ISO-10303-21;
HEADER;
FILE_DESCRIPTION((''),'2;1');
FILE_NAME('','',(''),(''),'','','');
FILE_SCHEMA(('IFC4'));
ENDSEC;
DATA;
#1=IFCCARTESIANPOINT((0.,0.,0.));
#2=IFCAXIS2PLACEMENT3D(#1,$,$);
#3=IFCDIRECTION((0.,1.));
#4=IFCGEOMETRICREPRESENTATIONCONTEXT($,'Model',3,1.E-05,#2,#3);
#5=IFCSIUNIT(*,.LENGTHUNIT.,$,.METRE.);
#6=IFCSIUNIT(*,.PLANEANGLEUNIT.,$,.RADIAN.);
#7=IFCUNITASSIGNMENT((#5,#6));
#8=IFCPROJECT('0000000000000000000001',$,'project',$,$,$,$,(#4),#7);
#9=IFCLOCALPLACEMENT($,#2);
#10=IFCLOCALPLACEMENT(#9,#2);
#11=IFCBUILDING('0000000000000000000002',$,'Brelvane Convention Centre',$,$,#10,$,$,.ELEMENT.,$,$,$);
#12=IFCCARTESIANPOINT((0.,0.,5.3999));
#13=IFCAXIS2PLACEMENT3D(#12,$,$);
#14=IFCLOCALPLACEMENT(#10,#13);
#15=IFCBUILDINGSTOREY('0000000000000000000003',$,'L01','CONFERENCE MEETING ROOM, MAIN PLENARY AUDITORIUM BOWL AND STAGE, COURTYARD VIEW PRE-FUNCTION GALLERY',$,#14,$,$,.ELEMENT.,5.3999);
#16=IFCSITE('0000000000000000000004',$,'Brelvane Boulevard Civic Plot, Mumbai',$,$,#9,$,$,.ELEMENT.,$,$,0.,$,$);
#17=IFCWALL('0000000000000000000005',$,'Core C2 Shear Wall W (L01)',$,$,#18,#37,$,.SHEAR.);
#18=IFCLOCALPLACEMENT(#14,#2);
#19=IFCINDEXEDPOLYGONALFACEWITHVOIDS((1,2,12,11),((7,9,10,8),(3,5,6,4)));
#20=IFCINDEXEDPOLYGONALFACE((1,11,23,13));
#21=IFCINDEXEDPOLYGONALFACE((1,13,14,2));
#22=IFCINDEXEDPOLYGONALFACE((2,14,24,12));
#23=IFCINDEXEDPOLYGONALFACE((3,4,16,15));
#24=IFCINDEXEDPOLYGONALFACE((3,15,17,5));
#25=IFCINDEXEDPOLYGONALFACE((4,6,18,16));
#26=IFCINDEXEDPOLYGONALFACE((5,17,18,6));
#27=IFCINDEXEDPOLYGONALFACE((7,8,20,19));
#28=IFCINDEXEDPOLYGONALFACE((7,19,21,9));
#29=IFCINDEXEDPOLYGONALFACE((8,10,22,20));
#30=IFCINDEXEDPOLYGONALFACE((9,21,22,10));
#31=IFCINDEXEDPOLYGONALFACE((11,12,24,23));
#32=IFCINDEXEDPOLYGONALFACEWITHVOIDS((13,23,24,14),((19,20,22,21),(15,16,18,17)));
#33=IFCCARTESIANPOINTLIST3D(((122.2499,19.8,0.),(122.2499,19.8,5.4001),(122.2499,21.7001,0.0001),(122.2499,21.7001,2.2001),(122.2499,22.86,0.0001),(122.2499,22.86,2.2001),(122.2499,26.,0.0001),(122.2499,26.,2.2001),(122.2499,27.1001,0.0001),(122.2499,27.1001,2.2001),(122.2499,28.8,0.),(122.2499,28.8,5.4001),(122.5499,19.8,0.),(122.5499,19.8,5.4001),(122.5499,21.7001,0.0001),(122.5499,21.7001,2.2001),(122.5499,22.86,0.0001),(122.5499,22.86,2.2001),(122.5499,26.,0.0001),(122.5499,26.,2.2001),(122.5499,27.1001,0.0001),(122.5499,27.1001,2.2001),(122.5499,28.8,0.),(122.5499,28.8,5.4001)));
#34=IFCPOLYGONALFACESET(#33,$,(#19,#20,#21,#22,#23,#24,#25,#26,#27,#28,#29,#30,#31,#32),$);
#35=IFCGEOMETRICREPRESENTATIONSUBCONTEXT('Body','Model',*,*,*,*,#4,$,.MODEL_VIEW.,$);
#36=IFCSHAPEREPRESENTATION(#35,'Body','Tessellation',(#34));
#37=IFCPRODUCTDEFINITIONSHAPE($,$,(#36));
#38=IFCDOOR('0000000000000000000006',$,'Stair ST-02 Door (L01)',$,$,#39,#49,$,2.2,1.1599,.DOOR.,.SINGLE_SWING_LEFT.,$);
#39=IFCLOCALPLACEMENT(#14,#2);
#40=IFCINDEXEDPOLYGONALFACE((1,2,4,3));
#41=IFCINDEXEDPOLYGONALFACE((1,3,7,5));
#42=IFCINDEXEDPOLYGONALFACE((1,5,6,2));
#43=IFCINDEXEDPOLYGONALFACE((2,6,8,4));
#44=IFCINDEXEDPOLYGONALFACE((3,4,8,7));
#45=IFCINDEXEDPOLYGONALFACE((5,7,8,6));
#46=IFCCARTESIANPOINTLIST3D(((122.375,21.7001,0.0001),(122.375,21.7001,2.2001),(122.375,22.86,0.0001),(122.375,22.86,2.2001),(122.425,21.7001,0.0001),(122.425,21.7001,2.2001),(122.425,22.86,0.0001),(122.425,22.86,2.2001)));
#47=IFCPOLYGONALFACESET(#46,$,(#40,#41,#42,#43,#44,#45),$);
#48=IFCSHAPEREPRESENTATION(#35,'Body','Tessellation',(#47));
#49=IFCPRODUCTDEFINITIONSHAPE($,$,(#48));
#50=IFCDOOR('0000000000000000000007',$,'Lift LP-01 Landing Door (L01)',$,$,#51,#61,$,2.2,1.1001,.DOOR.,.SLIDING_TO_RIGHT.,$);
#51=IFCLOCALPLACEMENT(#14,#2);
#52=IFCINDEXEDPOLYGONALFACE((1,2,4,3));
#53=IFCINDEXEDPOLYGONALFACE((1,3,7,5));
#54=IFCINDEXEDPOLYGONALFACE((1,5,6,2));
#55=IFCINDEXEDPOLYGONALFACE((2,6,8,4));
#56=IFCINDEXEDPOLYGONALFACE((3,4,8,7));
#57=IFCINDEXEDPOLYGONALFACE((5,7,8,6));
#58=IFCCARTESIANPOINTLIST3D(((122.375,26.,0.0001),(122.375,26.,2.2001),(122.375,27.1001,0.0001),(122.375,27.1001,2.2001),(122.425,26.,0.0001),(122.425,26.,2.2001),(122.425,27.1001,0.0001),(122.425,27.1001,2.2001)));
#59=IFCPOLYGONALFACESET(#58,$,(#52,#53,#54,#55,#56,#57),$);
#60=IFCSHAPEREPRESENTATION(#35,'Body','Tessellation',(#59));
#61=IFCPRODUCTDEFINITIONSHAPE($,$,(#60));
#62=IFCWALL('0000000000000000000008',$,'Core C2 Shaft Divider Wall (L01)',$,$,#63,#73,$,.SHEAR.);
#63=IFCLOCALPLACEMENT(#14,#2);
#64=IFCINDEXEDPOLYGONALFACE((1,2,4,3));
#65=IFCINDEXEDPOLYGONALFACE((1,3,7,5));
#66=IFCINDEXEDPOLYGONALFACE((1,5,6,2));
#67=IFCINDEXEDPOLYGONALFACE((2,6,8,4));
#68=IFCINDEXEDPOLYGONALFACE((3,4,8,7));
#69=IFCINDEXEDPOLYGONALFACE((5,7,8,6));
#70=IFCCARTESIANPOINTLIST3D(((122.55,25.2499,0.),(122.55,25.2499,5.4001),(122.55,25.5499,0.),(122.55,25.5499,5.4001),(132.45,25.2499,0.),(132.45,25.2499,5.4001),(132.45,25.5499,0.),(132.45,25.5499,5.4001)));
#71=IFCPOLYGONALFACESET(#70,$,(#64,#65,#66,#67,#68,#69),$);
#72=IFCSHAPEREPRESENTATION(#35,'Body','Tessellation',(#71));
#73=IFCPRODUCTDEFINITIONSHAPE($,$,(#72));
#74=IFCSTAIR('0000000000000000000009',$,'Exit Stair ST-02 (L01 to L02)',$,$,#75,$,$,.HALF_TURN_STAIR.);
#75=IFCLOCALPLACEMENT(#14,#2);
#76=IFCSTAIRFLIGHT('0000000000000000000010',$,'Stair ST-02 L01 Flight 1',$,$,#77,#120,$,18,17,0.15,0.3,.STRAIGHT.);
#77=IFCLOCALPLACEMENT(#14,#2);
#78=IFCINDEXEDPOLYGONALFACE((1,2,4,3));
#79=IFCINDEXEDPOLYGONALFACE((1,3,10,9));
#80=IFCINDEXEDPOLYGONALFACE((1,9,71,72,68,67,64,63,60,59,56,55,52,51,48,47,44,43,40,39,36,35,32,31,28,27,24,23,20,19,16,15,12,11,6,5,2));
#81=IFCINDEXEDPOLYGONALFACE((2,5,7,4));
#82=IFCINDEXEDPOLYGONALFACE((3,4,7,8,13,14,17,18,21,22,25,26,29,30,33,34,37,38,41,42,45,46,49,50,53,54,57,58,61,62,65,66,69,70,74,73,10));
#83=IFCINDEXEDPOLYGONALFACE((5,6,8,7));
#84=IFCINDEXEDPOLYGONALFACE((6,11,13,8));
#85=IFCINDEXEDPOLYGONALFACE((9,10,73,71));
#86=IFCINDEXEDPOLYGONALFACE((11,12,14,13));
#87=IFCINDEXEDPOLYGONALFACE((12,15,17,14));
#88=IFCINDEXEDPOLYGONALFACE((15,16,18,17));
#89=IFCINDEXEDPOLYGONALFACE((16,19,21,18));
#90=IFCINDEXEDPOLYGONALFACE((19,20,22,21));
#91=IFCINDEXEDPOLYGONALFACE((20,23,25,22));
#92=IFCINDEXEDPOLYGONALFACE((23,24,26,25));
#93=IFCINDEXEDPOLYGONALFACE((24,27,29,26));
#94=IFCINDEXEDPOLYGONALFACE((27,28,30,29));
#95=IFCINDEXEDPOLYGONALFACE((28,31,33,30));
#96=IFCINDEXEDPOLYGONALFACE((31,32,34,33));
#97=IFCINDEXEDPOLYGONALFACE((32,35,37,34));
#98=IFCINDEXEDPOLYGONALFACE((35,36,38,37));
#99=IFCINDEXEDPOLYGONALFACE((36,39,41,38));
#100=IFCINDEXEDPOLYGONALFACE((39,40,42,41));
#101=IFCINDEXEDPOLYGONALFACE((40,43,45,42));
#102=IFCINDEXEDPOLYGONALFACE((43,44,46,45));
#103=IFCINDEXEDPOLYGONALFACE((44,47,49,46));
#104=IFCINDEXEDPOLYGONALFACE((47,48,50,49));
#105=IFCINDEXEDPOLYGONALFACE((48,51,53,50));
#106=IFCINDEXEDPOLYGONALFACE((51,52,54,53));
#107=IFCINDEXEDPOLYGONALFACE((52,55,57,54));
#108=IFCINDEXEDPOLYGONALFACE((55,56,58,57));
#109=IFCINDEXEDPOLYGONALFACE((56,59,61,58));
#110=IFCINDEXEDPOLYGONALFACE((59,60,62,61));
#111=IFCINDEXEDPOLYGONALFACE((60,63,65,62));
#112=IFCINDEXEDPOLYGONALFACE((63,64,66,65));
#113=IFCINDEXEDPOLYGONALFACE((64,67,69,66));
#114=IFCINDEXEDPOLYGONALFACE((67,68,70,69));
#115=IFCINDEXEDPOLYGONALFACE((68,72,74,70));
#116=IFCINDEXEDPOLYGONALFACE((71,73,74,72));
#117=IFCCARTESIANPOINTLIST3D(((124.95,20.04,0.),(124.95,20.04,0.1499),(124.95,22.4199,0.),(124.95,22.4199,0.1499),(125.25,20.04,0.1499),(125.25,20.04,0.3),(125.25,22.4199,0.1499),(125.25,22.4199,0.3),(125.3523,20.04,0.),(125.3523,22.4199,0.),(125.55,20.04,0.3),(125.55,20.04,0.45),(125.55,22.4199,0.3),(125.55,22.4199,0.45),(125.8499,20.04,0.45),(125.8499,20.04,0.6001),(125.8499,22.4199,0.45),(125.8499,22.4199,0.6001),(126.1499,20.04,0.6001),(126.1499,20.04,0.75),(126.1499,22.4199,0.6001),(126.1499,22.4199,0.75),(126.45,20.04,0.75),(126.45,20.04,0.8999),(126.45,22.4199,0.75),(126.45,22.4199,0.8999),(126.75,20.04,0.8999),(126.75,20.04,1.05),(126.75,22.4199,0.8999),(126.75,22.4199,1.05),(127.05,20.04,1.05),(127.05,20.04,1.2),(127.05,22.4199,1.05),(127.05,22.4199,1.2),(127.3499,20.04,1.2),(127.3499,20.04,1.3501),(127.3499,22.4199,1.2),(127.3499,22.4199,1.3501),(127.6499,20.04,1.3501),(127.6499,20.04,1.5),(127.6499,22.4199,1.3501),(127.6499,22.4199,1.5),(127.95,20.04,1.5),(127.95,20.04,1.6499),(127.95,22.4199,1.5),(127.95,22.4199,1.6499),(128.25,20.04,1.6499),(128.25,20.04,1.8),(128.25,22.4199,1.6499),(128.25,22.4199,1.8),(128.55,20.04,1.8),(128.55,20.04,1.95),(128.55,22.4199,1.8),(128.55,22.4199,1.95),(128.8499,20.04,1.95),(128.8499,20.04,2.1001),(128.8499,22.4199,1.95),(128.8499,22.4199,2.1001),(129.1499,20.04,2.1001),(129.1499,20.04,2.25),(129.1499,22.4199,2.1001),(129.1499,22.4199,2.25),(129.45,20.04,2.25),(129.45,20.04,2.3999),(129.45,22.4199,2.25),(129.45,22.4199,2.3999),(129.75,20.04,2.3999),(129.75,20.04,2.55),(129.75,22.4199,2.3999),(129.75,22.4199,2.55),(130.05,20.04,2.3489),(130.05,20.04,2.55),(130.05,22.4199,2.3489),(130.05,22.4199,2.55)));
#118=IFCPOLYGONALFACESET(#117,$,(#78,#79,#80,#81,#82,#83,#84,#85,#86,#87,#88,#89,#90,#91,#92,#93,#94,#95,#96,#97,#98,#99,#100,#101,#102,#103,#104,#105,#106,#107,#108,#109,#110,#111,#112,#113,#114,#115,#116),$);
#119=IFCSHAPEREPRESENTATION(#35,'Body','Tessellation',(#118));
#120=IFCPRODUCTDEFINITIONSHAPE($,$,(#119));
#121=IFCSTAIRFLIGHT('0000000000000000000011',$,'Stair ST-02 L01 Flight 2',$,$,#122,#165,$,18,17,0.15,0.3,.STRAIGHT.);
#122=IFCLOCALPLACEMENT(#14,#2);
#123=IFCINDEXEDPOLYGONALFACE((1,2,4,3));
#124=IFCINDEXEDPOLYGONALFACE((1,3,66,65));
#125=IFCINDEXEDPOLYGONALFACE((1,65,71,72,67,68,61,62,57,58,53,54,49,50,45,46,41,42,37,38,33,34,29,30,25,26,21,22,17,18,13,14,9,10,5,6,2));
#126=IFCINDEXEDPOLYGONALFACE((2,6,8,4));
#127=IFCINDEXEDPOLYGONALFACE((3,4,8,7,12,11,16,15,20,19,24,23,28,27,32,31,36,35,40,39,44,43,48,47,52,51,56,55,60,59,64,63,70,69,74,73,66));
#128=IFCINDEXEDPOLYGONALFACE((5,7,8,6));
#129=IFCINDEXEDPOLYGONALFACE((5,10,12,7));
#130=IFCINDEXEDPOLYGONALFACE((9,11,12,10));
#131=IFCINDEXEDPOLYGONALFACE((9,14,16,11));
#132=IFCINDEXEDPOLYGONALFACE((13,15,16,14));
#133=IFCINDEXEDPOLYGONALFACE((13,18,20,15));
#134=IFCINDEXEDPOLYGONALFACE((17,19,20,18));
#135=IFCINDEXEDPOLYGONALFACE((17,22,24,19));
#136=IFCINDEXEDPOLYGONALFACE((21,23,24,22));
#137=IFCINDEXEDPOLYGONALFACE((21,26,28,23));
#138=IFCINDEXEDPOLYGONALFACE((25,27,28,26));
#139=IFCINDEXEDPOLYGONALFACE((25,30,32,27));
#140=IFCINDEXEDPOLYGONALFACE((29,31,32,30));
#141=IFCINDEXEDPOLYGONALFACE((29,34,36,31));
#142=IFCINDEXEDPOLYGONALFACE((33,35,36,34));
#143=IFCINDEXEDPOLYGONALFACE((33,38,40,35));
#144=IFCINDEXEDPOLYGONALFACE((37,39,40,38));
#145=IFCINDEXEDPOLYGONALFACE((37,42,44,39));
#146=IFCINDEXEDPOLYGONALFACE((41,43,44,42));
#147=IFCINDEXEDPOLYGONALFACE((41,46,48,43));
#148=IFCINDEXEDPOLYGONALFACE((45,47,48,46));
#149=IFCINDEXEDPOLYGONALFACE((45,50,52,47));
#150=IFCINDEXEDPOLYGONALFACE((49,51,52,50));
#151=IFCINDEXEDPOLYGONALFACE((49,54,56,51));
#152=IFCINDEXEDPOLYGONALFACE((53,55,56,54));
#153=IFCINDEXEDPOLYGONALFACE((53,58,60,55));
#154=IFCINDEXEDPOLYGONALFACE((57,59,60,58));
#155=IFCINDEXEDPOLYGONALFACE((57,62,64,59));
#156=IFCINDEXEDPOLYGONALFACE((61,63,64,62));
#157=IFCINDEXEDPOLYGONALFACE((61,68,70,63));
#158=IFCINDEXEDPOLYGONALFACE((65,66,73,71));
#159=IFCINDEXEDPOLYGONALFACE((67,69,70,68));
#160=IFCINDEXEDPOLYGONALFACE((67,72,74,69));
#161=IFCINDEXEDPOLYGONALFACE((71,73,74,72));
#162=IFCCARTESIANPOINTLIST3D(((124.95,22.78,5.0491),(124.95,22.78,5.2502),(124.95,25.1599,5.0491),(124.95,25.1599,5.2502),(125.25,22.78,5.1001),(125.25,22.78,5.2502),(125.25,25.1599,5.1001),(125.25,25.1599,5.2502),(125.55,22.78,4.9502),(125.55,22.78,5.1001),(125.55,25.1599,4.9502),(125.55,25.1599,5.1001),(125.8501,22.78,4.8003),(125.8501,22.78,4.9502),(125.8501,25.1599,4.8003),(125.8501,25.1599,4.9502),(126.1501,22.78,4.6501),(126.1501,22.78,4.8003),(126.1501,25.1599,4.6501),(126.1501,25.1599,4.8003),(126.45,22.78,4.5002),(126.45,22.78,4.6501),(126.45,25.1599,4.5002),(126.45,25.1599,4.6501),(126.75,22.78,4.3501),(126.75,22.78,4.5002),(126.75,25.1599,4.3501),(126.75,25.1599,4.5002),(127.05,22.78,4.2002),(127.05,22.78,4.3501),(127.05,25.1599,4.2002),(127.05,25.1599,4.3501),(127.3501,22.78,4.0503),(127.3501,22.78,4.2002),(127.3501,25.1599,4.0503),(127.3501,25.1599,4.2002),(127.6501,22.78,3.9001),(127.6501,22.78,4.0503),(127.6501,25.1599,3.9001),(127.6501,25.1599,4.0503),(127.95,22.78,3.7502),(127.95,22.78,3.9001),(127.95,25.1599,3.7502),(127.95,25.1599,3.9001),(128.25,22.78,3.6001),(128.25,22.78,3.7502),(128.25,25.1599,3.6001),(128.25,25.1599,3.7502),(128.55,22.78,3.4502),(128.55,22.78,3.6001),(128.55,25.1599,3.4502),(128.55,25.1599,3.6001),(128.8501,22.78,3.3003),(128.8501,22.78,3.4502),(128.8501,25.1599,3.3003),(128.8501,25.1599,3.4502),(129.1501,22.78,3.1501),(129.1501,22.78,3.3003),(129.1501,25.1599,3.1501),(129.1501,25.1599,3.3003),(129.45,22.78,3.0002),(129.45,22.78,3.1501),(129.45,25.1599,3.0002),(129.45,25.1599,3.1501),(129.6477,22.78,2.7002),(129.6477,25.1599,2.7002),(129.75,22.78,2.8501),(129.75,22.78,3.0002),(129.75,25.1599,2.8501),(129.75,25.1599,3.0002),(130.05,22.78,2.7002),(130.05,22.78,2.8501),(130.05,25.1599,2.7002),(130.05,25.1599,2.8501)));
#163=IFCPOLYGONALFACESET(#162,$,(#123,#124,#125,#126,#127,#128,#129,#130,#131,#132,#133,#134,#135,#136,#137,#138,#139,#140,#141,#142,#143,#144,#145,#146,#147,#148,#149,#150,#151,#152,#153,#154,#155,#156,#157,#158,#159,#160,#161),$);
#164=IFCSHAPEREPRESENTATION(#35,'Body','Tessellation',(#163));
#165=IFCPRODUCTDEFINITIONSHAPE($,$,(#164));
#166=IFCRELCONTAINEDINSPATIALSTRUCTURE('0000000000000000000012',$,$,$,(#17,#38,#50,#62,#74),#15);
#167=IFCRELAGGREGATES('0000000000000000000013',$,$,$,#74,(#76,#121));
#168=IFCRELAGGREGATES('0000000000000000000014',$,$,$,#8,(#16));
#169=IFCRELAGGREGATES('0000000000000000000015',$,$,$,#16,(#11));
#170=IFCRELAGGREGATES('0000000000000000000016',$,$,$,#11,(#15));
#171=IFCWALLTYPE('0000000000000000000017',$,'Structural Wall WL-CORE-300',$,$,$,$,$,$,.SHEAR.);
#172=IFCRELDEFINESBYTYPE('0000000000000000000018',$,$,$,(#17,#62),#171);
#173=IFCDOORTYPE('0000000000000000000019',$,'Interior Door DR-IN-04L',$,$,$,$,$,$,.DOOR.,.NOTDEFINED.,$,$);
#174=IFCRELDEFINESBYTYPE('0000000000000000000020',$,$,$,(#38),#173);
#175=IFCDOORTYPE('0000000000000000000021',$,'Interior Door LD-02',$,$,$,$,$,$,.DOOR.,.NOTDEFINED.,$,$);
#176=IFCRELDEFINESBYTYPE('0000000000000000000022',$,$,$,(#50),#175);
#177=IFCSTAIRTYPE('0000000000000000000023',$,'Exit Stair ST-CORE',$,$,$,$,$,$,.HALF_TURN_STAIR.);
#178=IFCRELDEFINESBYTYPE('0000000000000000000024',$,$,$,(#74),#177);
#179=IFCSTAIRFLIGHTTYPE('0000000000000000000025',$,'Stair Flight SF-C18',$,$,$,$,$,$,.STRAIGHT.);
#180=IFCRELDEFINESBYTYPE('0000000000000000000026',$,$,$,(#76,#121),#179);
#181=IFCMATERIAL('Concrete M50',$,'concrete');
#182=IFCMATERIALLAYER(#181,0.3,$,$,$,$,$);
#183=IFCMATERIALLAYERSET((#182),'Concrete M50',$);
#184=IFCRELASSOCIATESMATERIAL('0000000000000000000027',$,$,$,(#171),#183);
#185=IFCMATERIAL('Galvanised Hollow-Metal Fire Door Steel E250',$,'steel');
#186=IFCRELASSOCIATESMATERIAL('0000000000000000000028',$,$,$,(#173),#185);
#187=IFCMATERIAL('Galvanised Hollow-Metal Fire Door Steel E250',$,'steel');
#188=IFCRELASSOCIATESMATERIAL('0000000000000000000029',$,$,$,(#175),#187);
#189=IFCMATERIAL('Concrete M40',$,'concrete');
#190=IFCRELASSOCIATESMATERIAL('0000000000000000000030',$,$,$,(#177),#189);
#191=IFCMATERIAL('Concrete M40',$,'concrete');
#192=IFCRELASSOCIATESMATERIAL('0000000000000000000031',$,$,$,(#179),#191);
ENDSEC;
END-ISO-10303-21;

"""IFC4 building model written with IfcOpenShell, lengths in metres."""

from ifc_helpers import new_model, si_unit, direction, frame, frame_2d, origin, place, context, subcontext, project, spatial, polyline, rectangle, outline, extrude, material, layer, layer_set, type_object, element, fill, aggregate, save


model = new_model("IFC4")

# Units and contexts
model_context = context("Model", 3, precision=1e-05, world=origin(), true_north=direction((0.0, 1.0)))
body_context = subcontext(model_context, "Body", "Model", "MODEL_VIEW")
ifc_project = project(units=[si_unit("LENGTHUNIT", "METRE"), si_unit("PLANEANGLEUNIT", "RADIAN")], contexts=[model_context])

# Site, building, storey
site_placement = place(None, origin())
site = spatial("IfcSite", under=ifc_project, at=site_placement, Name="Brelvane Boulevard Civic Plot, Mumbai", CompositionType="ELEMENT", RefElevation=0.0)
building_placement = place(site_placement, origin())
building = spatial("IfcBuilding", under=site, at=building_placement, Name="Brelvane Convention Centre", CompositionType="ELEMENT")
storey_placement = place(building_placement, frame((0.0, 0.0, 5.3999)))
storey = spatial("IfcBuildingStorey", under=building, at=storey_placement, Name="L01", Description="CONFERENCE MEETING ROOM, MAIN PLENARY AUDITORIUM BOWL AND STAGE, COURTYARD VIEW PRE-FUNCTION GALLERY", CompositionType="ELEMENT", Elevation=5.3999)

# Shared definitions
ifc_material_1 = material(Name="Concrete M50", Category="concrete")
ifc_layer_1 = layer(ifc_material_1, 0.3)
ifc_layer_set_1 = layer_set([ifc_layer_1], Name="Concrete M50")
wall_type = type_object("IfcWallType", Name="Structural Wall WL-CORE-300", PredefinedType="SHEAR", material=ifc_layer_set_1)

# Wall, openings, doors
wall_1_placement = place(storey_placement, frame((122.3999, 19.8, 0.0), z_axis=(0.0, 0.0, 1.0), x_axis=(0.0, 1.0, 0.0)))
wall_1 = element("IfcWall", 1, at=wall_1_placement, inside=storey, type_object=wall_type, Name="Core C2 Shear Wall W (L01)", PredefinedType="SHEAR", context=body_context, shape_type="SweptSolid", body=[
    extrude(rectangle(XDim=9.0, YDim=0.3, at=frame_2d((4.5, 0.0))), origin(), (0.0, 0.0, 1.0), 5.4001),
])
opening_1_placement = place(wall_1_placement, frame((1.8999, 0.0, 0.0)))
opening_1 = element("IfcOpeningElement", 2, at=opening_1_placement, cuts=wall_1, PredefinedType="OPENING", context=body_context, shape_type="SweptSolid", body=[
    extrude(rectangle(XDim=1.1599, YDim=2.2, at=frame_2d((0.5801, 1.1001))), frame((0.0, 0.1599, 0.0), z_axis=(0.0, -1.0, 0.0), x_axis=(1.0, 0.0, 0.0)), (0.0, 0.0, 1.0), 0.3201),
])
opening_2_placement = place(wall_1_placement, frame((6.2, 0.0, 0.0)))
opening_2 = element("IfcOpeningElement", 3, at=opening_2_placement, cuts=wall_1, PredefinedType="OPENING", context=body_context, shape_type="SweptSolid", body=[
    extrude(rectangle(XDim=1.1001, YDim=2.2, at=frame_2d((0.55, 1.1001))), frame((0.0, 0.1599, 0.0), z_axis=(0.0, -1.0, 0.0), x_axis=(1.0, 0.0, 0.0)), (0.0, 0.0, 1.0), 0.3201),
])
ifc_material_2 = material(Name="Galvanised Hollow-Metal Fire Door Steel E250", Category="steel")
door_type_1 = type_object("IfcDoorType", Name="Interior Door DR-IN-04L", OperationType="NOTDEFINED", PredefinedType="DOOR", material=ifc_material_2)
door_1_placement = place(opening_1_placement, origin())
door_1 = element("IfcDoor", 4, at=door_1_placement, inside=storey, type_object=door_type_1, Name="Stair ST-02 Door (L01)", OperationType="SINGLE_SWING_LEFT", OverallHeight=2.2, OverallWidth=1.1599, PredefinedType="DOOR", context=body_context, shape_type="SweptSolid", body=[
    extrude(rectangle(XDim=1.1599, YDim=2.2, at=frame_2d((0.5801, 1.1001))), frame((0.0, 0.0249, 0.0), z_axis=(0.0, -1.0, 0.0), x_axis=(1.0, 0.0, 0.0)), (0.0, 0.0, 1.0), 0.05),
])
fill(opening_1, door_1)
ifc_material_3 = material(Name="Galvanised Hollow-Metal Fire Door Steel E250", Category="steel")
door_type_2 = type_object("IfcDoorType", Name="Interior Door LD-02", OperationType="NOTDEFINED", PredefinedType="DOOR", material=ifc_material_3)
door_2_placement = place(opening_2_placement, origin())
door_2 = element("IfcDoor", 5, at=door_2_placement, inside=storey, type_object=door_type_2, Name="Lift LP-01 Landing Door (L01)", OperationType="SLIDING_TO_RIGHT", OverallHeight=2.2, OverallWidth=1.1001, PredefinedType="DOOR", context=body_context, shape_type="SweptSolid", body=[
    extrude(rectangle(XDim=1.1001, YDim=2.2, at=frame_2d((0.55, 1.1001))), frame((0.0, 0.0249, 0.0), z_axis=(0.0, -1.0, 0.0), x_axis=(1.0, 0.0, 0.0)), (0.0, 0.0, 1.0), 0.05),
])
fill(opening_2, door_2)

# Wall
wall_2_placement = place(storey_placement, frame((122.55, 25.3999, 0.0), z_axis=(0.0, 0.0, 1.0), x_axis=(1.0, 0.0, 0.0)))
element("IfcWall", 6, at=wall_2_placement, inside=storey, type_object=wall_type, Name="Core C2 Shaft Divider Wall (L01)", PredefinedType="SHEAR", context=body_context, shape_type="SweptSolid", body=[
    extrude(rectangle(XDim=9.8999, YDim=0.3, at=frame_2d((4.95, 0.0))), origin(), (0.0, 0.0, 1.0), 5.4001),
])

# Stair, stair flights
ifc_material_4 = material(Name="Concrete M40", Category="concrete")
stair_type = type_object("IfcStairType", Name="Exit Stair ST-CORE", PredefinedType="HALF_TURN_STAIR", material=ifc_material_4)
stair_placement = place(storey_placement, origin())
stair = element("IfcStair", 7, at=stair_placement, inside=storey, type_object=stair_type, Name="Exit Stair ST-02 (L01 to L02)", PredefinedType="HALF_TURN_STAIR")
ifc_material_5 = material(Name="Concrete M40", Category="concrete")
stair_flight_type = type_object("IfcStairFlightType", Name="Stair Flight SF-C18", PredefinedType="STRAIGHT", material=ifc_material_5)
stair_flight_1_placement = place(storey_placement, frame((124.95, 21.23, 0.0), z_axis=(0.0, 0.0, 1.0), x_axis=(1.0, 0.0, 0.0)))
stair_flight_1 = element("IfcStairFlight", 8, at=stair_flight_1_placement, type_object=stair_flight_type, Name="Stair ST-02 L01 Flight 1", NumberOfRisers=18, NumberOfTreads=17, PredefinedType="STRAIGHT", RiserHeight=0.15, TreadLength=0.3, context=body_context, shape_type="SweptSolid", body=[
    extrude(outline(polyline([(0.0, 0.0), (0.0, 0.1499), (0.3, 0.1499), (0.3, 0.3), (0.6001, 0.3), (0.6001, 0.45), (0.8999, 0.45), (0.8999, 0.6001), (1.2, 0.6001), (1.2, 0.75), (1.5, 0.75), (1.5, 0.8999), (1.8, 0.8999), (1.8, 1.05), (2.1001, 1.05), (2.1001, 1.2), (2.3999, 1.2), (2.3999, 1.3501), (2.7, 1.3501), (2.7, 1.5), (3.0, 1.5), (3.0, 1.6499), (3.3, 1.6499), (3.3, 1.8), (3.6001, 1.8), (3.6001, 1.95), (3.8999, 1.95), (3.8999, 2.1001), (4.2, 2.1001), (4.2, 2.25), (4.5, 2.25), (4.5, 2.3999), (4.8, 2.3999), (4.8, 2.55), (5.1001, 2.55), (5.1001, 2.7), (5.1001, 2.3489), (0.4023, 0.0), (0.0, 0.0)])), frame((0.0, 1.1899, 0.0), z_axis=(0.0, -1.0, 0.0), x_axis=(1.0, 0.0, 0.0)), (0.0, 0.0, 1.0), 2.3799),
])
stair_flight_2_placement = place(storey_placement, frame((130.05, 23.97, 2.7002), z_axis=(0.0, 0.0, 1.0), x_axis=(-1.0, 0.0, 0.0)))
stair_flight_2 = element("IfcStairFlight", 9, at=stair_flight_2_placement, type_object=stair_flight_type, Name="Stair ST-02 L01 Flight 2", NumberOfRisers=18, NumberOfTreads=17, PredefinedType="STRAIGHT", RiserHeight=0.15, TreadLength=0.3, context=body_context, shape_type="SweptSolid", body=[
    extrude(outline(polyline([(0.0, 0.0), (0.0, 0.1499), (0.3, 0.1499), (0.3, 0.3), (0.6001, 0.3), (0.6001, 0.45), (0.8999, 0.45), (0.8999, 0.6001), (1.2, 0.6001), (1.2, 0.75), (1.5, 0.75), (1.5, 0.8999), (1.8, 0.8999), (1.8, 1.05), (2.1001, 1.05), (2.1001, 1.2), (2.3999, 1.2), (2.3999, 1.3501), (2.7, 1.3501), (2.7, 1.5), (3.0, 1.5), (3.0, 1.6499), (3.3, 1.6499), (3.3, 1.8), (3.6001, 1.8), (3.6001, 1.95), (3.8999, 1.95), (3.8999, 2.1001), (4.2, 2.1001), (4.2, 2.25), (4.5, 2.25), (4.5, 2.3999), (4.8, 2.3999), (4.8, 2.55), (5.1001, 2.55), (5.1001, 2.7), (5.1001, 2.3489), (0.4023, 0.0), (0.0, 0.0)])), frame((0.0, 1.1899, 0.0), z_axis=(0.0, -1.0, 0.0), x_axis=(1.0, 0.0, 0.0)), (0.0, 0.0, 1.0), 2.3799),
])
aggregate(stair, [stair_flight_1, stair_flight_2])

save(model, "model.ifc")
